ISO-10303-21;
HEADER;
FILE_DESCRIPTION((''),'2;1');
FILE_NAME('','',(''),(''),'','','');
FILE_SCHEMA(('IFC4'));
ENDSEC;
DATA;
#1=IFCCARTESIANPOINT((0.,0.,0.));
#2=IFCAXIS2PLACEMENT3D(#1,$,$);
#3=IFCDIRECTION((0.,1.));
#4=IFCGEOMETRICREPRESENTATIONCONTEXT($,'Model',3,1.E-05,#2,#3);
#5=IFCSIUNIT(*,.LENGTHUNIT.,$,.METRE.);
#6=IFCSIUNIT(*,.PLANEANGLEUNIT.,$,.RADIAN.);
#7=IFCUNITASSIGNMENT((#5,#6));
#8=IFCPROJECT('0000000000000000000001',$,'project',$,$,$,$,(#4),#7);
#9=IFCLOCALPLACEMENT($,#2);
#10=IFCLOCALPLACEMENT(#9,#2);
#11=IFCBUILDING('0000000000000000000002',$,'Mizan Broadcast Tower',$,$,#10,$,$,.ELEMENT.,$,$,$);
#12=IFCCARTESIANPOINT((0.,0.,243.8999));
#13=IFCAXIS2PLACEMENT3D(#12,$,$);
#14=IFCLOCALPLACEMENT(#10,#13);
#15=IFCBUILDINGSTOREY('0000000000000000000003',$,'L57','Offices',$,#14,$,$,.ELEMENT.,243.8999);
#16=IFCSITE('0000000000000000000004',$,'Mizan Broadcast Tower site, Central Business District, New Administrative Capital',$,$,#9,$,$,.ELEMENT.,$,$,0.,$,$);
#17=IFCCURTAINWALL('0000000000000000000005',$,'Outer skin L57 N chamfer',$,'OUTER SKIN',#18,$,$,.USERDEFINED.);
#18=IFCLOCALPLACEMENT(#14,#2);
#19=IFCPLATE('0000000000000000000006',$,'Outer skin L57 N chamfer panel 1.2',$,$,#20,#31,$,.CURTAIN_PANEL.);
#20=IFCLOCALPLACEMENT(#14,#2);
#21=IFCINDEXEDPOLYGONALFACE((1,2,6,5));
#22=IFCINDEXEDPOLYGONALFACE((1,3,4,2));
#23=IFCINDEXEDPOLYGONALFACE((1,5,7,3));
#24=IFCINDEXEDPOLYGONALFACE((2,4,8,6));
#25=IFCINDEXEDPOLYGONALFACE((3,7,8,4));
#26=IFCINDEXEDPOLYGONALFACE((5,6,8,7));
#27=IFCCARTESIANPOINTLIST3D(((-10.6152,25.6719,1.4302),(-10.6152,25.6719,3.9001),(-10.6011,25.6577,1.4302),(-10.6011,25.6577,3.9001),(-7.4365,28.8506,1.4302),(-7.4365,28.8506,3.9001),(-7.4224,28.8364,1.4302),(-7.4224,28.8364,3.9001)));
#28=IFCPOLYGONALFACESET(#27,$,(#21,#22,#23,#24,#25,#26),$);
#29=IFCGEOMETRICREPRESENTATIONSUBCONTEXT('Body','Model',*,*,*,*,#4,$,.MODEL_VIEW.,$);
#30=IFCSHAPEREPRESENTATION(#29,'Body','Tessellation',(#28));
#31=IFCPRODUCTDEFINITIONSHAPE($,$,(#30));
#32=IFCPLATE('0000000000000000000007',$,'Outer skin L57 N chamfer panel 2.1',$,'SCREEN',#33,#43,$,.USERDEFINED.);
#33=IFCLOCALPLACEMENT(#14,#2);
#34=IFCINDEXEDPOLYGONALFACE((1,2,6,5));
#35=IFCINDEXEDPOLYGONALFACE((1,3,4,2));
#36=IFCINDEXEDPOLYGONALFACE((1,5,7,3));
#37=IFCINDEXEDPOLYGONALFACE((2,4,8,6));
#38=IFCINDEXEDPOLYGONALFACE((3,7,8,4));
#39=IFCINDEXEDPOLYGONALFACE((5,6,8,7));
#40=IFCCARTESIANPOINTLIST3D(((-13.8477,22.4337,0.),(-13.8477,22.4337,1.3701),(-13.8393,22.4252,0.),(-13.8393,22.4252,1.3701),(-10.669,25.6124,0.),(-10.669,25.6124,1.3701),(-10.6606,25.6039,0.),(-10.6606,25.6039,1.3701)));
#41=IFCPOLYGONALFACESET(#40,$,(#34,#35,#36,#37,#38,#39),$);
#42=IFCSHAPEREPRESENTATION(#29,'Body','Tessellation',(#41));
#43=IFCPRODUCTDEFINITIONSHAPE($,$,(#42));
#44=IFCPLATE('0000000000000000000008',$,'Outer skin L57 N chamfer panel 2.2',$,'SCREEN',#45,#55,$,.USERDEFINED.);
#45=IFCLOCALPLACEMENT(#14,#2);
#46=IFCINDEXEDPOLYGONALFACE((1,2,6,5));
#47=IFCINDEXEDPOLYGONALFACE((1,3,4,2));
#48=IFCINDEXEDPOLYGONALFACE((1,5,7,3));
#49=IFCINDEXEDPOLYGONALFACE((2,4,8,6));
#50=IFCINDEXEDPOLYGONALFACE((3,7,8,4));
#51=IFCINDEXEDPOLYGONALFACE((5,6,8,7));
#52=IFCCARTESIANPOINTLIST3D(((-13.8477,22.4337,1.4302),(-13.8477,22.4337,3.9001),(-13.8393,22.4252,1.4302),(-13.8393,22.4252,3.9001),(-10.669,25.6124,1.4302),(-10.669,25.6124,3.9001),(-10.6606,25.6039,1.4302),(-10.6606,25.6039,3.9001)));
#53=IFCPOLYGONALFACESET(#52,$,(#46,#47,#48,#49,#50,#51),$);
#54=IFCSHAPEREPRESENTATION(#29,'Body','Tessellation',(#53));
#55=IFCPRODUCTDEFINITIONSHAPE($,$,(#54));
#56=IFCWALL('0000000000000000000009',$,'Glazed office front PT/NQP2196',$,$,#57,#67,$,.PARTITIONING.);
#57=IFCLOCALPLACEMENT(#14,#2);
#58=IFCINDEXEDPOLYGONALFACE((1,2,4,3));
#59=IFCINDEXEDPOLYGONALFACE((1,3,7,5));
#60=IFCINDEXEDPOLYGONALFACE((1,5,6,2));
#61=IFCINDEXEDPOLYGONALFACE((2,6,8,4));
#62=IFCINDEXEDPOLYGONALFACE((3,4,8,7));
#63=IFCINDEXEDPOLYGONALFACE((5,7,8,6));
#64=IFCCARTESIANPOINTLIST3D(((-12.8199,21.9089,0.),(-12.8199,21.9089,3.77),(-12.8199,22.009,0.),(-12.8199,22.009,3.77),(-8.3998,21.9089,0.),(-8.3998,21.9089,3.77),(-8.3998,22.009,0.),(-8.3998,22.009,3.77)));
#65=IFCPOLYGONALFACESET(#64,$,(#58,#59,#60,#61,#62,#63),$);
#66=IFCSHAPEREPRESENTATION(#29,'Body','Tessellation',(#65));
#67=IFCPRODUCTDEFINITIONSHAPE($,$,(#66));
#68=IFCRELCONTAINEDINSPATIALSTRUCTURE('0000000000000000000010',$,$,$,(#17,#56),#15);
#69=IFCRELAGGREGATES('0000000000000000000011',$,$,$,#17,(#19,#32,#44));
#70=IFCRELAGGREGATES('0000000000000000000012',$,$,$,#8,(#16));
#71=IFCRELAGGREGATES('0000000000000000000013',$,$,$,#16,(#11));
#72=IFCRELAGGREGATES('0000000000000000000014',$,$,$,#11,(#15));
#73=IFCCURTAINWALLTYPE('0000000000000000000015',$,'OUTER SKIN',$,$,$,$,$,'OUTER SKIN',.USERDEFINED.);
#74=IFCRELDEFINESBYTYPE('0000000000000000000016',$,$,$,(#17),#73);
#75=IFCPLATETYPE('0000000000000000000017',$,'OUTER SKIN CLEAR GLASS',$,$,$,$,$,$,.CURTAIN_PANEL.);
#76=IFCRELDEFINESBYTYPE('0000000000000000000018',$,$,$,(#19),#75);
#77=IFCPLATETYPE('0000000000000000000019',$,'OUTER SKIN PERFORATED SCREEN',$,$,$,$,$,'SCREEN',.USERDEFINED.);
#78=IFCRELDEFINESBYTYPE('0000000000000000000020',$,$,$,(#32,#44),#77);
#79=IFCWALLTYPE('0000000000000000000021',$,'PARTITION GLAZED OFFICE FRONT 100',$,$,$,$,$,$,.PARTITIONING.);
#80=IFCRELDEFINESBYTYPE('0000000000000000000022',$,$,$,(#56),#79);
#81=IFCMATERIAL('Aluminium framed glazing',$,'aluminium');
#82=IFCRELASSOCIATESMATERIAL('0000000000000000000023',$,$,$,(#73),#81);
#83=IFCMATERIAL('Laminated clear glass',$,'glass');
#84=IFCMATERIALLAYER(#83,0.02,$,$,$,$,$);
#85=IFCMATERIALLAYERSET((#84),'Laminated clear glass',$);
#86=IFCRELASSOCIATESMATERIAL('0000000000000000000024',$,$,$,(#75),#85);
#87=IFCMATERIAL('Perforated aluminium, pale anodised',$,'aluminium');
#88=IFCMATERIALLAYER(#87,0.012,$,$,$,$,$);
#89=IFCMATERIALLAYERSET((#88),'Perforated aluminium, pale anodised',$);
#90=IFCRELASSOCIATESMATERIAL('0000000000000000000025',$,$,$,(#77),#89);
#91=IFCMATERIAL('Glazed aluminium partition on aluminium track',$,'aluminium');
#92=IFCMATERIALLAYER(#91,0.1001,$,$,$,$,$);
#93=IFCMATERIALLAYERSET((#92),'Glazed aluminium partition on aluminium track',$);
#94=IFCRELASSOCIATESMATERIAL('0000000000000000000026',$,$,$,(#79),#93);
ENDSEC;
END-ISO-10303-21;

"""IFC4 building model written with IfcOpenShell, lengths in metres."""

from ifc_helpers import new_model, si_unit, direction, frame, frame_2d, origin, origin_2d, place, context, subcontext, project, spatial, rectangle, extrude, material, layer, layer_set, type_object, element, aggregate, save


model = new_model("IFC4")

# Units and contexts
model_context = context("Model", 3, precision=1e-05, world=origin(), true_north=direction((0.0, 1.0)))
body_context = subcontext(model_context, "Body", "Model", "MODEL_VIEW")
ifc_project = project(units=[si_unit("LENGTHUNIT", "METRE"), si_unit("PLANEANGLEUNIT", "RADIAN")], contexts=[model_context])

# Site, building, storey
site_placement = place(None, origin())
site = spatial("IfcSite", under=ifc_project, at=site_placement, Name="Mizan Broadcast Tower site, Central Business District, New Administrative Capital", CompositionType="ELEMENT", RefElevation=0.0)
building_placement = place(site_placement, origin())
building = spatial("IfcBuilding", under=site, at=building_placement, Name="Mizan Broadcast Tower", CompositionType="ELEMENT")
storey_placement = place(building_placement, frame((0.0, 0.0, 243.8999)))
storey = spatial("IfcBuildingStorey", under=building, at=storey_placement, Name="L57", Description="Offices", CompositionType="ELEMENT", Elevation=243.8999)

# Curtain wall
ifc_material_1 = material(Name="Aluminium framed glazing", Category="aluminium")
curtain_wall_type_1 = type_object("IfcCurtainWallType", Name="OUTER SKIN", ElementType="OUTER SKIN", PredefinedType="USERDEFINED", material=ifc_material_1)
curtain_wall_1_placement = place(storey_placement, origin())
curtain_wall_1 = element("IfcCurtainWall", 1, at=curtain_wall_1_placement, inside=storey, type_object=curtain_wall_type_1, Name="Outer skin L57 N chamfer", ObjectType="OUTER SKIN", PredefinedType="USERDEFINED")

# Plates
ifc_material_2 = material(Name="Laminated clear glass", Category="glass")
ifc_layer_1 = layer(ifc_material_2, 0.02)
ifc_layer_set_1 = layer_set([ifc_layer_1], Name="Laminated clear glass")
plate_type_1 = type_object("IfcPlateType", Name="OUTER SKIN CLEAR GLASS", PredefinedType="CURTAIN_PANEL", material=ifc_layer_set_1)
plate_1_placement = place(storey_placement, frame((-9.0188, 27.2542, 1.4302), z_axis=(0.0, 0.0, 1.0), x_axis=(-0.707107, -0.707107, 0.0)))
plate_1 = element("IfcPlate", 2, at=plate_1_placement, type_object=plate_type_1, Name="Outer skin L57 N chamfer panel 1.2", PredefinedType="CURTAIN_PANEL", context=body_context, shape_type="SweptSolid", body=[
    extrude(rectangle(XDim=4.4954, YDim=0.02, at=origin_2d()), origin(), (0.0, 0.0, 1.0), 2.47),
])
ifc_material_3 = material(Name="Perforated aluminium, pale anodised", Category="aluminium")
ifc_layer_2 = layer(ifc_material_3, 0.012)
ifc_layer_set_2 = layer_set([ifc_layer_2], Name="Perforated aluminium, pale anodised")
plate_type_2 = type_object("IfcPlateType", Name="OUTER SKIN PERFORATED SCREEN", ElementType="SCREEN", PredefinedType="USERDEFINED", material=ifc_layer_set_2)
plate_2_placement = place(storey_placement, frame((-12.2542, 24.0188, 0.0), z_axis=(0.0, 0.0, 1.0), x_axis=(-0.707107, -0.707107, 0.0)))
plate_2 = element("IfcPlate", 3, at=plate_2_placement, type_object=plate_type_2, Name="Outer skin L57 N chamfer panel 2.1", ObjectType="SCREEN", PredefinedType="USERDEFINED", context=body_context, shape_type="SweptSolid", body=[
    extrude(rectangle(XDim=4.4954, YDim=0.012, at=origin_2d()), origin(), (0.0, 0.0, 1.0), 1.3701),
])
plate_3_placement = place(storey_placement, frame((-12.2542, 24.0188, 1.4302), z_axis=(0.0, 0.0, 1.0), x_axis=(-0.707107, -0.707107, 0.0)))
plate_3 = element("IfcPlate", 4, at=plate_3_placement, type_object=plate_type_2, Name="Outer skin L57 N chamfer panel 2.2", ObjectType="SCREEN", PredefinedType="USERDEFINED", context=body_context, shape_type="SweptSolid", body=[
    extrude(rectangle(XDim=4.4954, YDim=0.012, at=origin_2d()), origin(), (0.0, 0.0, 1.0), 2.47),
])
aggregate(curtain_wall_1, [plate_1, plate_2, plate_3])

# Wall
ifc_material_4 = material(Name="Glazed aluminium partition on aluminium track", Category="aluminium")
ifc_layer_3 = layer(ifc_material_4, 0.1001)
ifc_layer_set_3 = layer_set([ifc_layer_3], Name="Glazed aluminium partition on aluminium track")
wall_type = type_object("IfcWallType", Name="PARTITION GLAZED OFFICE FRONT 100", PredefinedType="PARTITIONING", material=ifc_layer_set_3)
wall_placement = place(storey_placement, frame((-8.3999, 21.959, 0.0), z_axis=(0.0, 0.0, 1.0), x_axis=(-1.0, 0.0, 0.0)))
element("IfcWall", 5, at=wall_placement, inside=storey, type_object=wall_type, Name="Glazed office front PT/NQP2196", PredefinedType="PARTITIONING", context=body_context, shape_type="SweptSolid", body=[
    extrude(rectangle(XDim=4.4202, YDim=0.1001, at=frame_2d((2.21, 0.0))), origin(), (0.0, 0.0, 1.0), 3.77),
])

save(model, "model.ifc")
